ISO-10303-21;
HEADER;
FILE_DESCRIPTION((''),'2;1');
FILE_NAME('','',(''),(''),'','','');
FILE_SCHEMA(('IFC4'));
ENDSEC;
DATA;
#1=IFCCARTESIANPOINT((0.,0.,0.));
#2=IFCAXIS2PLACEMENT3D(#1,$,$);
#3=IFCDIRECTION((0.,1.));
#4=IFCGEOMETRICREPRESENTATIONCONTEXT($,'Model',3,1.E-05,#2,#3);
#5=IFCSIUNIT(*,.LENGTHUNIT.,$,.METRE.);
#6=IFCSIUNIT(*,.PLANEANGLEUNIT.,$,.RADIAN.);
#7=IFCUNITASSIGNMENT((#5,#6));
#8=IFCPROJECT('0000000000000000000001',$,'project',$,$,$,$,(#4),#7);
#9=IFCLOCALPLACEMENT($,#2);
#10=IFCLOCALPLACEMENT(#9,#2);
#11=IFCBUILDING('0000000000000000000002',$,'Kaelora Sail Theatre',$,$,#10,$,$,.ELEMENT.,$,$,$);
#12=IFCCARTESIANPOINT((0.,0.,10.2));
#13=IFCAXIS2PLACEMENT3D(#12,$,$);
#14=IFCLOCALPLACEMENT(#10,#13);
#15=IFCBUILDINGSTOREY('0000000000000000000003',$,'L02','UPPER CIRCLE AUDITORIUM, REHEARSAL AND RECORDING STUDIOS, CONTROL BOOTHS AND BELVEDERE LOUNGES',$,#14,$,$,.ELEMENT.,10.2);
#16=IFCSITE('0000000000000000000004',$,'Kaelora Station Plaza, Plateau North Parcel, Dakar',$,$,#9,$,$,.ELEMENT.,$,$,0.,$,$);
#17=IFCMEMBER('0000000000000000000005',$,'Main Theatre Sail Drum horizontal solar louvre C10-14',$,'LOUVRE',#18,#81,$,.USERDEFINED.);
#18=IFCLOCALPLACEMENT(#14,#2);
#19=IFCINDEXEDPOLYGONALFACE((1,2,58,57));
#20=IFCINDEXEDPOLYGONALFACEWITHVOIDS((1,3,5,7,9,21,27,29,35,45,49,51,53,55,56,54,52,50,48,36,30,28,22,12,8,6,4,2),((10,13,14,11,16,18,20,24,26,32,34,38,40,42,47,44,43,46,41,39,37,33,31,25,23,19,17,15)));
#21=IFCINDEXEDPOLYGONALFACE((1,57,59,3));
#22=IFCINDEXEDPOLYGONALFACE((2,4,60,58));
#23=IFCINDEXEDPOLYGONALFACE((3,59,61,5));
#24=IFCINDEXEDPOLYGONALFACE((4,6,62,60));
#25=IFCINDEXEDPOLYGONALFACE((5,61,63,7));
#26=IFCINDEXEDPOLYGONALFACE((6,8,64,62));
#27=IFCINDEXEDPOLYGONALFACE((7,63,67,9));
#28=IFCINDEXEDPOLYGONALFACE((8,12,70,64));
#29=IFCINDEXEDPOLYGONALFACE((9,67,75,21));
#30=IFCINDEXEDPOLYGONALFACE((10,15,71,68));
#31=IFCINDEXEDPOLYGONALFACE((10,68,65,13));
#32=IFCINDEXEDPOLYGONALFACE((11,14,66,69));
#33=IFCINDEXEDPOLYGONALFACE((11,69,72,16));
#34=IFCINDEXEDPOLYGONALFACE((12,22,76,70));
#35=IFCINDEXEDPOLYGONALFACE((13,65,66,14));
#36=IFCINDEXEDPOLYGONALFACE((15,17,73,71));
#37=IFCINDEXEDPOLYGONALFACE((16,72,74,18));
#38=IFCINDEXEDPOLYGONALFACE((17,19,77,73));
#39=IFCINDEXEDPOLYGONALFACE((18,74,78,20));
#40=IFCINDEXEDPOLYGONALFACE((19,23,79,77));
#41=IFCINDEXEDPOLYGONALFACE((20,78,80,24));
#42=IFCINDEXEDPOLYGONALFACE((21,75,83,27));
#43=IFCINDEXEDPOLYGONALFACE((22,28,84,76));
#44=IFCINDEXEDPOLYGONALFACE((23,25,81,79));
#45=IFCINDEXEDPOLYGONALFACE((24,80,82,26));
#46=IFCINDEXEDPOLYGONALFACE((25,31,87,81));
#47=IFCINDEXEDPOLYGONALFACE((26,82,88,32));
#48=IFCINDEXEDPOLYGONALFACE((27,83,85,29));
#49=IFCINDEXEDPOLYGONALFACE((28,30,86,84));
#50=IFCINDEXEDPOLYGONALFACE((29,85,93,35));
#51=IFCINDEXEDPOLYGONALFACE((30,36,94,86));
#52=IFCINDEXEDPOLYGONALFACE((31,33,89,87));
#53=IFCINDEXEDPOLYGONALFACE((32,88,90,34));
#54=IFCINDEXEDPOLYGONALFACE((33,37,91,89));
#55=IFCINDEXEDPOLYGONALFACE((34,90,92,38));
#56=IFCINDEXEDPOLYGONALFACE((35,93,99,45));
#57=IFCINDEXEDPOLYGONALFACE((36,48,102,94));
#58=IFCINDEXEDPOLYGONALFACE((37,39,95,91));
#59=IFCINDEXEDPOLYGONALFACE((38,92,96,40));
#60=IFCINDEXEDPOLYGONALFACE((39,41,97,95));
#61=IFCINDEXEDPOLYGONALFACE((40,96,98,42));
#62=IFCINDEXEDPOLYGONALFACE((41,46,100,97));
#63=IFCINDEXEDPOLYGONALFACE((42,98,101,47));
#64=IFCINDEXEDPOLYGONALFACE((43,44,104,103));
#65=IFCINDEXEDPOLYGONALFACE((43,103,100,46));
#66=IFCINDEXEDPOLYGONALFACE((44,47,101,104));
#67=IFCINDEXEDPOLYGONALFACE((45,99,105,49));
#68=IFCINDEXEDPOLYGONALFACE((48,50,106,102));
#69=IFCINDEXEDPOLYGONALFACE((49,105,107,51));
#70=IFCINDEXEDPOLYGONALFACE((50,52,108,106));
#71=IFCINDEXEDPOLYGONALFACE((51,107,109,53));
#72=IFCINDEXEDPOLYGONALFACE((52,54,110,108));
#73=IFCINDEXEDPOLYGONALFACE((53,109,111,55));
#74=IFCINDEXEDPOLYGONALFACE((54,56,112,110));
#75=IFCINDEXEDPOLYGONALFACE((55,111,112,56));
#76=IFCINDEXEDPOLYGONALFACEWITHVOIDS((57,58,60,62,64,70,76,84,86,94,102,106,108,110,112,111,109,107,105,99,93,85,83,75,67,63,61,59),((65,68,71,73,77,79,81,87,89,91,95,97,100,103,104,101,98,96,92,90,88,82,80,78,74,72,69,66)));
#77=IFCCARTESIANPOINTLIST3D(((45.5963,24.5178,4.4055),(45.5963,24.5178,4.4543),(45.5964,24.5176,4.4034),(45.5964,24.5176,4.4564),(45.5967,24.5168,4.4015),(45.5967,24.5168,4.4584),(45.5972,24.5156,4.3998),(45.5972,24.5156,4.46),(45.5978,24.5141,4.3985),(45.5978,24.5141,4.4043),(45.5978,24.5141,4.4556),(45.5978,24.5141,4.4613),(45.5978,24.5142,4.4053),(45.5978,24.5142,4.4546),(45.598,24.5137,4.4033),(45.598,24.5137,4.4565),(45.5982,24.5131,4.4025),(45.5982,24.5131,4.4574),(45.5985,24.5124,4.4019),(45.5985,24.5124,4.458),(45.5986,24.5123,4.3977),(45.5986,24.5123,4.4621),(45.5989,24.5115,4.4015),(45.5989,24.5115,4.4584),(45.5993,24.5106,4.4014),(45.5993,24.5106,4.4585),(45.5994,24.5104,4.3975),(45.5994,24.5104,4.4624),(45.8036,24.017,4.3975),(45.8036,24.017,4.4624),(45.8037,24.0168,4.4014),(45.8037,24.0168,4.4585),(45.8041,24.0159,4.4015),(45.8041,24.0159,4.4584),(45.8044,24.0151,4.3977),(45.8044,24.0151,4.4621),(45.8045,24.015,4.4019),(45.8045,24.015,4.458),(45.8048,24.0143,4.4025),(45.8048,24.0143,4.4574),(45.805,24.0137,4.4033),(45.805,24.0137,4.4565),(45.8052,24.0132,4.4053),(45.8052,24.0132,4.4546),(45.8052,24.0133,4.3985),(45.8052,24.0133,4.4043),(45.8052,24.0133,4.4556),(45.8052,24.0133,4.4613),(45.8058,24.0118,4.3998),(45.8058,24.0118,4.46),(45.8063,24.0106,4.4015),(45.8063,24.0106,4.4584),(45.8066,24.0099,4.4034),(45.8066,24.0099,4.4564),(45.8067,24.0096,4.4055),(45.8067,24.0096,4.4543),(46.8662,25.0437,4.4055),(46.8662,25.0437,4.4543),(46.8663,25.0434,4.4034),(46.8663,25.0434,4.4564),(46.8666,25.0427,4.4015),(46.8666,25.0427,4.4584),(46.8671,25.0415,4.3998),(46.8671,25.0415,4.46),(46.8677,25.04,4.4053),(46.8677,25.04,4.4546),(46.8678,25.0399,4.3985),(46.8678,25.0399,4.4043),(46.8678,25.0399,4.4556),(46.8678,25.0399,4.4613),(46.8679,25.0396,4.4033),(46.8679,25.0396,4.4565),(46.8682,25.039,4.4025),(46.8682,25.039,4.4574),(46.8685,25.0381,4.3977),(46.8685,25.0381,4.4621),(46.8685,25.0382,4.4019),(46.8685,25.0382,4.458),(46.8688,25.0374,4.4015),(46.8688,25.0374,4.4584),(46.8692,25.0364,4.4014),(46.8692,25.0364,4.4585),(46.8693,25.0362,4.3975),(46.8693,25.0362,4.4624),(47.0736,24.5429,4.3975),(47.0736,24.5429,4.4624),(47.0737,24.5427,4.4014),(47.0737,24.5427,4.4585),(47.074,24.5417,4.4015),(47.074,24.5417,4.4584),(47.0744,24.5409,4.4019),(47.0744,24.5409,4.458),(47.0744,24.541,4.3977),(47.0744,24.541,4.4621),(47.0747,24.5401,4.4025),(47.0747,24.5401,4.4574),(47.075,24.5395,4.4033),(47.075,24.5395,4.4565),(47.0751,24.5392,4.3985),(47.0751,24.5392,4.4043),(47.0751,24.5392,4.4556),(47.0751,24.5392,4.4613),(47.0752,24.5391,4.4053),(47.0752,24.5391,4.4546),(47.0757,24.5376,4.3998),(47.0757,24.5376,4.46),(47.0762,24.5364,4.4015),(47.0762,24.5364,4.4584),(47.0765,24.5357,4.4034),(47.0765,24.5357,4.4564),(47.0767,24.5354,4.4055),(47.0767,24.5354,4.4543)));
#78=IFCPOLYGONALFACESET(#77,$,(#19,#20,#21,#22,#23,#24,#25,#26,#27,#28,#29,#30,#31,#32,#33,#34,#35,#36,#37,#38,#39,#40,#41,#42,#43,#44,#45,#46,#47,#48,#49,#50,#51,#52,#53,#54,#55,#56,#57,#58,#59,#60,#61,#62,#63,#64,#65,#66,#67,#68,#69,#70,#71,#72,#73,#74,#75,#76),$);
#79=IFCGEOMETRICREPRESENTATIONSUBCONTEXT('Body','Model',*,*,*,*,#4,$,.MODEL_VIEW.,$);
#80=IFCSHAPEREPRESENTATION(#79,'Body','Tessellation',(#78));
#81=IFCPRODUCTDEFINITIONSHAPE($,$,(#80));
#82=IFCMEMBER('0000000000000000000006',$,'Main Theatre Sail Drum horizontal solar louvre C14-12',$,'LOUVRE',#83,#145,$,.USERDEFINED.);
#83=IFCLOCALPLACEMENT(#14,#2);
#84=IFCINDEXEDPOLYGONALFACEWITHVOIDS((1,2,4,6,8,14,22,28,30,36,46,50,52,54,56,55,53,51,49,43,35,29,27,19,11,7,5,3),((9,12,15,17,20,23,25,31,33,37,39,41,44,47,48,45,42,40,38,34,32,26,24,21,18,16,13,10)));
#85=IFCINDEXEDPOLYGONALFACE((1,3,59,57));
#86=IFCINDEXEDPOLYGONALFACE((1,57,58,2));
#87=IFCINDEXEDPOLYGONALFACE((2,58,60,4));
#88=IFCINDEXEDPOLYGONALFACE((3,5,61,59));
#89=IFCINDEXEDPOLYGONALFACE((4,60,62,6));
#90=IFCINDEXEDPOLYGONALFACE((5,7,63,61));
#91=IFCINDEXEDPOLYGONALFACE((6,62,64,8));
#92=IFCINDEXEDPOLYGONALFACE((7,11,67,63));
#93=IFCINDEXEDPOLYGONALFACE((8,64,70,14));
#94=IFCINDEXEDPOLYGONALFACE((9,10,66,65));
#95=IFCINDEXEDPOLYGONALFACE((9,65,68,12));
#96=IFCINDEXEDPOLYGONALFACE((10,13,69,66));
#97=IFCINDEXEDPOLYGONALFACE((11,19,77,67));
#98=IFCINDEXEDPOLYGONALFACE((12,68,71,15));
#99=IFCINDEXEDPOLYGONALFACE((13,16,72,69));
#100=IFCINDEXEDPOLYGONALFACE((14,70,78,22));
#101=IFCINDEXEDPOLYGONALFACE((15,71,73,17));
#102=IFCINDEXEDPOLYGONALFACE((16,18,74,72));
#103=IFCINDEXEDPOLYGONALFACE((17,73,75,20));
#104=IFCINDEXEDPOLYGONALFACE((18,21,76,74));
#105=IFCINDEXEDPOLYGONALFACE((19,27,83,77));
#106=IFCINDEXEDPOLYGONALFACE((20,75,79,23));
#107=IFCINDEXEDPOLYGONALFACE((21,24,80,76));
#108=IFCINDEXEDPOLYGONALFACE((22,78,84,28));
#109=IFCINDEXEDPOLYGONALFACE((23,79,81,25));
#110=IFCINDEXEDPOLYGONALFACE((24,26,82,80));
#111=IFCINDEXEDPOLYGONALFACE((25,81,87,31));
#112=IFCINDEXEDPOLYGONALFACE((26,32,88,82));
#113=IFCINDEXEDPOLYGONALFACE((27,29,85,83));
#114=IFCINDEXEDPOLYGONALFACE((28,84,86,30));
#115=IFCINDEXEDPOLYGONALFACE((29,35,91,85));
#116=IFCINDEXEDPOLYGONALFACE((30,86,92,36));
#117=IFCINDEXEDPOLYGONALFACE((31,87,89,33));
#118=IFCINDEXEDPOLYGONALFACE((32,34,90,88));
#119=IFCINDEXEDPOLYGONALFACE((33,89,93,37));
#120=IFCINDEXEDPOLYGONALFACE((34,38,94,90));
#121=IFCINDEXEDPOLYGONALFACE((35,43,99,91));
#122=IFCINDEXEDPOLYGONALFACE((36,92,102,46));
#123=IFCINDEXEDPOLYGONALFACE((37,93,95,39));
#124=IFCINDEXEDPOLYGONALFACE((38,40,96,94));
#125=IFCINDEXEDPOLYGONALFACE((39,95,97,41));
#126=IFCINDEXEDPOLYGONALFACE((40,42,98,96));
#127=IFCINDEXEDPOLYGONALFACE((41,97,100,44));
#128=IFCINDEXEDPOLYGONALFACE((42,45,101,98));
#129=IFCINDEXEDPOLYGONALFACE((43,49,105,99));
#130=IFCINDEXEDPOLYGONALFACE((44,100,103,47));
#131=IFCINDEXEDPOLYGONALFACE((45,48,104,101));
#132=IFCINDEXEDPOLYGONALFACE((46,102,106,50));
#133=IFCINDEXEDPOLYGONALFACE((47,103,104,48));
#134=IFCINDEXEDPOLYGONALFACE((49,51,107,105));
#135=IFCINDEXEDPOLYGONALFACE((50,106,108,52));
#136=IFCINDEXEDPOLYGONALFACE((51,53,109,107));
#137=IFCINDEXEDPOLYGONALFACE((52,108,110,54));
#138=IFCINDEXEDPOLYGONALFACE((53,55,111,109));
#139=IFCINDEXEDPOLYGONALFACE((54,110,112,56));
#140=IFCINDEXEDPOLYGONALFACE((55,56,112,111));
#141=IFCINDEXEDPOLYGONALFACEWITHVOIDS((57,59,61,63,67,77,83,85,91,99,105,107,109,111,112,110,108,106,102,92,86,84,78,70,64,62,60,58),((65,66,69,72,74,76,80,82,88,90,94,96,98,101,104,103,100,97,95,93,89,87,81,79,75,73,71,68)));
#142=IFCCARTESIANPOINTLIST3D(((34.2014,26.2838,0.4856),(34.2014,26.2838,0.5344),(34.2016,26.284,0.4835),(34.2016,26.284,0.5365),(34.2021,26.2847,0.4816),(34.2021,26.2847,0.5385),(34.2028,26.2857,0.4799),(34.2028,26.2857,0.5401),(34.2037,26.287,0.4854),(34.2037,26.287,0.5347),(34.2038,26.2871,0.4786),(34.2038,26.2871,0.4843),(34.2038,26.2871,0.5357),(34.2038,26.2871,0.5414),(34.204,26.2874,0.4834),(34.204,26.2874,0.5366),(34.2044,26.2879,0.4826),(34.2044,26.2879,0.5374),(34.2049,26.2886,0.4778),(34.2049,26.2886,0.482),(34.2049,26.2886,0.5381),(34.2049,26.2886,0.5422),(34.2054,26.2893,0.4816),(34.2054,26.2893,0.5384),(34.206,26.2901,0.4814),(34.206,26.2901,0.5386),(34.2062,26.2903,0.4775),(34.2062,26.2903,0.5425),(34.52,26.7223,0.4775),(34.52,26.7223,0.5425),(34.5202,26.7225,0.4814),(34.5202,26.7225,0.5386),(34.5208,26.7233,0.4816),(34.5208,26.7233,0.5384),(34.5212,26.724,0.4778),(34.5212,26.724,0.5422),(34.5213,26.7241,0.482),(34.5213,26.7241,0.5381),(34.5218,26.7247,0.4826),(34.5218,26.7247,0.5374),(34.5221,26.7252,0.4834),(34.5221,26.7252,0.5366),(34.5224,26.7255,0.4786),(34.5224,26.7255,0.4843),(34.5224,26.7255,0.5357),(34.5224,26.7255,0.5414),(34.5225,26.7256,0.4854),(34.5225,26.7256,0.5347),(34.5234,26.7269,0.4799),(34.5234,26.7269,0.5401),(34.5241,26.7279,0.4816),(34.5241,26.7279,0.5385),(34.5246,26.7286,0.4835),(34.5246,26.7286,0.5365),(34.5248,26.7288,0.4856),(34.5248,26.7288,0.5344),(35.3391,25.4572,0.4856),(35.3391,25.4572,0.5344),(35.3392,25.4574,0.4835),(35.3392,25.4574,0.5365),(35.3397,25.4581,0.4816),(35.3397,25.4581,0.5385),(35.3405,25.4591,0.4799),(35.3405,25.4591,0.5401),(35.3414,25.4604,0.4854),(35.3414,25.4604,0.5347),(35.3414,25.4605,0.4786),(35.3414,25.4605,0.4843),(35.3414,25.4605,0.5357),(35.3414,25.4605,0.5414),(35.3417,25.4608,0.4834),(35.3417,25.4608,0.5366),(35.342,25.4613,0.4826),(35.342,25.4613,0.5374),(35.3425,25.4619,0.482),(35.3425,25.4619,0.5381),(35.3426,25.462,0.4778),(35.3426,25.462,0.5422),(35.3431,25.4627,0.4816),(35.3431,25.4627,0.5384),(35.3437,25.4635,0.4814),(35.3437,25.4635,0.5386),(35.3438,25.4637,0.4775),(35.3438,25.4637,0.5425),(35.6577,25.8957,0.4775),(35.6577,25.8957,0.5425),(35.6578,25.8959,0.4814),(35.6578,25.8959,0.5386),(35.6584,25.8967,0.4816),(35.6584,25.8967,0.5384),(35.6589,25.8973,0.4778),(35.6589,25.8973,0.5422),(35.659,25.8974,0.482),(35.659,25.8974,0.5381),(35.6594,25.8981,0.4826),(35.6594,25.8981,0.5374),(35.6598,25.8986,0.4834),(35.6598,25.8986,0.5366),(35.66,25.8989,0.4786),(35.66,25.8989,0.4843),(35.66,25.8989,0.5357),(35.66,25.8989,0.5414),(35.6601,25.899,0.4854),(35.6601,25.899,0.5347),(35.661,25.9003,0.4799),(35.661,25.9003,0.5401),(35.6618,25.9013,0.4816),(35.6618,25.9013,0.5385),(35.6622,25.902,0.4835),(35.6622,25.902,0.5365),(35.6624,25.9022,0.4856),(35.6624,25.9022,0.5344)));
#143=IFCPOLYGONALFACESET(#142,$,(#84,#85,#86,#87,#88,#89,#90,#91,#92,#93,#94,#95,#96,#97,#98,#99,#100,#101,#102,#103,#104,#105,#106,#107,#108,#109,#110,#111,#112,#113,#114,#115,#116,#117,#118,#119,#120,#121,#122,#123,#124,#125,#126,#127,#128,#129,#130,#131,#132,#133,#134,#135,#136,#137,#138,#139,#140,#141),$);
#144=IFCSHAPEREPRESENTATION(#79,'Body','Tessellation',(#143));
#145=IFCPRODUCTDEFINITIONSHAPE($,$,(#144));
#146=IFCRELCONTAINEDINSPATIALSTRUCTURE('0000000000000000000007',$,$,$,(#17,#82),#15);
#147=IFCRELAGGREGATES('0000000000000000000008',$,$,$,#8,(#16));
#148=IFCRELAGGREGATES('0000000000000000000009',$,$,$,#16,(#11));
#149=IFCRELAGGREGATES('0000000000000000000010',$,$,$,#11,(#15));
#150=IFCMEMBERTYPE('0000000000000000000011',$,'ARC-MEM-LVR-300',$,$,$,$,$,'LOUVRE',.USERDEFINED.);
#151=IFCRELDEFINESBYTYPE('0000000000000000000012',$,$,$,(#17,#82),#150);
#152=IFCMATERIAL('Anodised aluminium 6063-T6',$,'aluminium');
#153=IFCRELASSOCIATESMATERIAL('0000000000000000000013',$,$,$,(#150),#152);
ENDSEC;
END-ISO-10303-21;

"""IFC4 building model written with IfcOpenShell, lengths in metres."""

from ifc_helpers import new_model, si_unit, direction, frame, origin, origin_2d, place, context, subcontext, project, spatial, hollow_rectangle, extrude, material, material_profile, profile_set, type_object, element, save


model = new_model("IFC4")

# Units and contexts
model_context = context("Model", 3, precision=1e-05, world=origin(), true_north=direction((0.0, 1.0)))
body_context = subcontext(model_context, "Body", "Model", "MODEL_VIEW")
ifc_project = project(units=[si_unit("LENGTHUNIT", "METRE"), si_unit("PLANEANGLEUNIT", "RADIAN")], contexts=[model_context])

# Site, building, storey
site_placement = place(None, origin())
site = spatial("IfcSite", under=ifc_project, at=site_placement, Name="Kaelora Station Plaza, Plateau North Parcel, Dakar", CompositionType="ELEMENT", RefElevation=0.0)
building_placement = place(site_placement, origin())
building = spatial("IfcBuilding", under=site, at=building_placement, Name="Kaelora Sail Theatre", CompositionType="ELEMENT")
storey_placement = place(building_placement, frame((0.0, 0.0, 10.2)))
storey = spatial("IfcBuildingStorey", under=building, at=storey_placement, Name="L02", Description="UPPER CIRCLE AUDITORIUM, REHEARSAL AND RECORDING STUDIOS, CONTROL BOOTHS AND BELVEDERE LOUNGES", CompositionType="ELEMENT", Elevation=10.2)

# Members
ifc_material_1 = material(Name="Anodised aluminium 6063-T6", Category="aluminium")
ifc_material_profile_1 = material_profile(ifc_material_1, hollow_rectangle(XDim=0.55, YDim=0.0649, WallThickness=0.0039, InnerFilletRadius=0.0039, OuterFilletRadius=0.0081, at=origin_2d()), Name="LOUVRE 550x65x4")
ifc_profile_set_1 = profile_set([ifc_material_profile_1], Name="Anodised aluminium 6063-T6")
member_type = type_object("IfcMemberType", Name="ARC-MEM-LVR-300", ElementType="LOUVRE", PredefinedType="USERDEFINED", material=ifc_profile_set_1)
for number, where, z_axis, x_axis, name in (
    (1, (46.9714, 24.7896, 4.4299), (-0.923926, -0.382571, 0.0), (0.382571, -0.923926, 0.0), "Main Theatre Sail Drum horizontal solar louvre C10-14"),
):
    element("IfcMember", number, at=place(storey_placement, frame(where, z_axis=z_axis, x_axis=x_axis)), inside=storey, type_object=member_type, Name=name, ObjectType="LOUVRE", PredefinedType="USERDEFINED", context=body_context, shape_type="SweptSolid", body=[
        extrude(hollow_rectangle(XDim=0.55, YDim=0.0649, WallThickness=0.0039, InnerFilletRadius=0.0039, OuterFilletRadius=0.0081, at=origin_2d()), origin(), (0.0, 0.0, 1.0), 1.3745),
    ])
for number, where, z_axis, x_axis, name in (
    (2, (35.5007, 25.6797, 0.51), (-0.808991, 0.587821, 0.0), (-0.587821, -0.808991, 0.0), "Main Theatre Sail Drum horizontal solar louvre C14-12"),
):
    element("IfcMember", number, at=place(storey_placement, frame(where, z_axis=z_axis, x_axis=x_axis)), inside=storey, type_object=member_type, Name=name, ObjectType="LOUVRE", PredefinedType="USERDEFINED", context=body_context, shape_type="SweptSolid", body=[
        extrude(hollow_rectangle(XDim=0.55, YDim=0.0649, WallThickness=0.0039, InnerFilletRadius=0.0039, OuterFilletRadius=0.0081, at=origin_2d()), origin(), (0.0, 0.0, 1.0), 1.4062),
    ])

save(model, "model.ifc")
